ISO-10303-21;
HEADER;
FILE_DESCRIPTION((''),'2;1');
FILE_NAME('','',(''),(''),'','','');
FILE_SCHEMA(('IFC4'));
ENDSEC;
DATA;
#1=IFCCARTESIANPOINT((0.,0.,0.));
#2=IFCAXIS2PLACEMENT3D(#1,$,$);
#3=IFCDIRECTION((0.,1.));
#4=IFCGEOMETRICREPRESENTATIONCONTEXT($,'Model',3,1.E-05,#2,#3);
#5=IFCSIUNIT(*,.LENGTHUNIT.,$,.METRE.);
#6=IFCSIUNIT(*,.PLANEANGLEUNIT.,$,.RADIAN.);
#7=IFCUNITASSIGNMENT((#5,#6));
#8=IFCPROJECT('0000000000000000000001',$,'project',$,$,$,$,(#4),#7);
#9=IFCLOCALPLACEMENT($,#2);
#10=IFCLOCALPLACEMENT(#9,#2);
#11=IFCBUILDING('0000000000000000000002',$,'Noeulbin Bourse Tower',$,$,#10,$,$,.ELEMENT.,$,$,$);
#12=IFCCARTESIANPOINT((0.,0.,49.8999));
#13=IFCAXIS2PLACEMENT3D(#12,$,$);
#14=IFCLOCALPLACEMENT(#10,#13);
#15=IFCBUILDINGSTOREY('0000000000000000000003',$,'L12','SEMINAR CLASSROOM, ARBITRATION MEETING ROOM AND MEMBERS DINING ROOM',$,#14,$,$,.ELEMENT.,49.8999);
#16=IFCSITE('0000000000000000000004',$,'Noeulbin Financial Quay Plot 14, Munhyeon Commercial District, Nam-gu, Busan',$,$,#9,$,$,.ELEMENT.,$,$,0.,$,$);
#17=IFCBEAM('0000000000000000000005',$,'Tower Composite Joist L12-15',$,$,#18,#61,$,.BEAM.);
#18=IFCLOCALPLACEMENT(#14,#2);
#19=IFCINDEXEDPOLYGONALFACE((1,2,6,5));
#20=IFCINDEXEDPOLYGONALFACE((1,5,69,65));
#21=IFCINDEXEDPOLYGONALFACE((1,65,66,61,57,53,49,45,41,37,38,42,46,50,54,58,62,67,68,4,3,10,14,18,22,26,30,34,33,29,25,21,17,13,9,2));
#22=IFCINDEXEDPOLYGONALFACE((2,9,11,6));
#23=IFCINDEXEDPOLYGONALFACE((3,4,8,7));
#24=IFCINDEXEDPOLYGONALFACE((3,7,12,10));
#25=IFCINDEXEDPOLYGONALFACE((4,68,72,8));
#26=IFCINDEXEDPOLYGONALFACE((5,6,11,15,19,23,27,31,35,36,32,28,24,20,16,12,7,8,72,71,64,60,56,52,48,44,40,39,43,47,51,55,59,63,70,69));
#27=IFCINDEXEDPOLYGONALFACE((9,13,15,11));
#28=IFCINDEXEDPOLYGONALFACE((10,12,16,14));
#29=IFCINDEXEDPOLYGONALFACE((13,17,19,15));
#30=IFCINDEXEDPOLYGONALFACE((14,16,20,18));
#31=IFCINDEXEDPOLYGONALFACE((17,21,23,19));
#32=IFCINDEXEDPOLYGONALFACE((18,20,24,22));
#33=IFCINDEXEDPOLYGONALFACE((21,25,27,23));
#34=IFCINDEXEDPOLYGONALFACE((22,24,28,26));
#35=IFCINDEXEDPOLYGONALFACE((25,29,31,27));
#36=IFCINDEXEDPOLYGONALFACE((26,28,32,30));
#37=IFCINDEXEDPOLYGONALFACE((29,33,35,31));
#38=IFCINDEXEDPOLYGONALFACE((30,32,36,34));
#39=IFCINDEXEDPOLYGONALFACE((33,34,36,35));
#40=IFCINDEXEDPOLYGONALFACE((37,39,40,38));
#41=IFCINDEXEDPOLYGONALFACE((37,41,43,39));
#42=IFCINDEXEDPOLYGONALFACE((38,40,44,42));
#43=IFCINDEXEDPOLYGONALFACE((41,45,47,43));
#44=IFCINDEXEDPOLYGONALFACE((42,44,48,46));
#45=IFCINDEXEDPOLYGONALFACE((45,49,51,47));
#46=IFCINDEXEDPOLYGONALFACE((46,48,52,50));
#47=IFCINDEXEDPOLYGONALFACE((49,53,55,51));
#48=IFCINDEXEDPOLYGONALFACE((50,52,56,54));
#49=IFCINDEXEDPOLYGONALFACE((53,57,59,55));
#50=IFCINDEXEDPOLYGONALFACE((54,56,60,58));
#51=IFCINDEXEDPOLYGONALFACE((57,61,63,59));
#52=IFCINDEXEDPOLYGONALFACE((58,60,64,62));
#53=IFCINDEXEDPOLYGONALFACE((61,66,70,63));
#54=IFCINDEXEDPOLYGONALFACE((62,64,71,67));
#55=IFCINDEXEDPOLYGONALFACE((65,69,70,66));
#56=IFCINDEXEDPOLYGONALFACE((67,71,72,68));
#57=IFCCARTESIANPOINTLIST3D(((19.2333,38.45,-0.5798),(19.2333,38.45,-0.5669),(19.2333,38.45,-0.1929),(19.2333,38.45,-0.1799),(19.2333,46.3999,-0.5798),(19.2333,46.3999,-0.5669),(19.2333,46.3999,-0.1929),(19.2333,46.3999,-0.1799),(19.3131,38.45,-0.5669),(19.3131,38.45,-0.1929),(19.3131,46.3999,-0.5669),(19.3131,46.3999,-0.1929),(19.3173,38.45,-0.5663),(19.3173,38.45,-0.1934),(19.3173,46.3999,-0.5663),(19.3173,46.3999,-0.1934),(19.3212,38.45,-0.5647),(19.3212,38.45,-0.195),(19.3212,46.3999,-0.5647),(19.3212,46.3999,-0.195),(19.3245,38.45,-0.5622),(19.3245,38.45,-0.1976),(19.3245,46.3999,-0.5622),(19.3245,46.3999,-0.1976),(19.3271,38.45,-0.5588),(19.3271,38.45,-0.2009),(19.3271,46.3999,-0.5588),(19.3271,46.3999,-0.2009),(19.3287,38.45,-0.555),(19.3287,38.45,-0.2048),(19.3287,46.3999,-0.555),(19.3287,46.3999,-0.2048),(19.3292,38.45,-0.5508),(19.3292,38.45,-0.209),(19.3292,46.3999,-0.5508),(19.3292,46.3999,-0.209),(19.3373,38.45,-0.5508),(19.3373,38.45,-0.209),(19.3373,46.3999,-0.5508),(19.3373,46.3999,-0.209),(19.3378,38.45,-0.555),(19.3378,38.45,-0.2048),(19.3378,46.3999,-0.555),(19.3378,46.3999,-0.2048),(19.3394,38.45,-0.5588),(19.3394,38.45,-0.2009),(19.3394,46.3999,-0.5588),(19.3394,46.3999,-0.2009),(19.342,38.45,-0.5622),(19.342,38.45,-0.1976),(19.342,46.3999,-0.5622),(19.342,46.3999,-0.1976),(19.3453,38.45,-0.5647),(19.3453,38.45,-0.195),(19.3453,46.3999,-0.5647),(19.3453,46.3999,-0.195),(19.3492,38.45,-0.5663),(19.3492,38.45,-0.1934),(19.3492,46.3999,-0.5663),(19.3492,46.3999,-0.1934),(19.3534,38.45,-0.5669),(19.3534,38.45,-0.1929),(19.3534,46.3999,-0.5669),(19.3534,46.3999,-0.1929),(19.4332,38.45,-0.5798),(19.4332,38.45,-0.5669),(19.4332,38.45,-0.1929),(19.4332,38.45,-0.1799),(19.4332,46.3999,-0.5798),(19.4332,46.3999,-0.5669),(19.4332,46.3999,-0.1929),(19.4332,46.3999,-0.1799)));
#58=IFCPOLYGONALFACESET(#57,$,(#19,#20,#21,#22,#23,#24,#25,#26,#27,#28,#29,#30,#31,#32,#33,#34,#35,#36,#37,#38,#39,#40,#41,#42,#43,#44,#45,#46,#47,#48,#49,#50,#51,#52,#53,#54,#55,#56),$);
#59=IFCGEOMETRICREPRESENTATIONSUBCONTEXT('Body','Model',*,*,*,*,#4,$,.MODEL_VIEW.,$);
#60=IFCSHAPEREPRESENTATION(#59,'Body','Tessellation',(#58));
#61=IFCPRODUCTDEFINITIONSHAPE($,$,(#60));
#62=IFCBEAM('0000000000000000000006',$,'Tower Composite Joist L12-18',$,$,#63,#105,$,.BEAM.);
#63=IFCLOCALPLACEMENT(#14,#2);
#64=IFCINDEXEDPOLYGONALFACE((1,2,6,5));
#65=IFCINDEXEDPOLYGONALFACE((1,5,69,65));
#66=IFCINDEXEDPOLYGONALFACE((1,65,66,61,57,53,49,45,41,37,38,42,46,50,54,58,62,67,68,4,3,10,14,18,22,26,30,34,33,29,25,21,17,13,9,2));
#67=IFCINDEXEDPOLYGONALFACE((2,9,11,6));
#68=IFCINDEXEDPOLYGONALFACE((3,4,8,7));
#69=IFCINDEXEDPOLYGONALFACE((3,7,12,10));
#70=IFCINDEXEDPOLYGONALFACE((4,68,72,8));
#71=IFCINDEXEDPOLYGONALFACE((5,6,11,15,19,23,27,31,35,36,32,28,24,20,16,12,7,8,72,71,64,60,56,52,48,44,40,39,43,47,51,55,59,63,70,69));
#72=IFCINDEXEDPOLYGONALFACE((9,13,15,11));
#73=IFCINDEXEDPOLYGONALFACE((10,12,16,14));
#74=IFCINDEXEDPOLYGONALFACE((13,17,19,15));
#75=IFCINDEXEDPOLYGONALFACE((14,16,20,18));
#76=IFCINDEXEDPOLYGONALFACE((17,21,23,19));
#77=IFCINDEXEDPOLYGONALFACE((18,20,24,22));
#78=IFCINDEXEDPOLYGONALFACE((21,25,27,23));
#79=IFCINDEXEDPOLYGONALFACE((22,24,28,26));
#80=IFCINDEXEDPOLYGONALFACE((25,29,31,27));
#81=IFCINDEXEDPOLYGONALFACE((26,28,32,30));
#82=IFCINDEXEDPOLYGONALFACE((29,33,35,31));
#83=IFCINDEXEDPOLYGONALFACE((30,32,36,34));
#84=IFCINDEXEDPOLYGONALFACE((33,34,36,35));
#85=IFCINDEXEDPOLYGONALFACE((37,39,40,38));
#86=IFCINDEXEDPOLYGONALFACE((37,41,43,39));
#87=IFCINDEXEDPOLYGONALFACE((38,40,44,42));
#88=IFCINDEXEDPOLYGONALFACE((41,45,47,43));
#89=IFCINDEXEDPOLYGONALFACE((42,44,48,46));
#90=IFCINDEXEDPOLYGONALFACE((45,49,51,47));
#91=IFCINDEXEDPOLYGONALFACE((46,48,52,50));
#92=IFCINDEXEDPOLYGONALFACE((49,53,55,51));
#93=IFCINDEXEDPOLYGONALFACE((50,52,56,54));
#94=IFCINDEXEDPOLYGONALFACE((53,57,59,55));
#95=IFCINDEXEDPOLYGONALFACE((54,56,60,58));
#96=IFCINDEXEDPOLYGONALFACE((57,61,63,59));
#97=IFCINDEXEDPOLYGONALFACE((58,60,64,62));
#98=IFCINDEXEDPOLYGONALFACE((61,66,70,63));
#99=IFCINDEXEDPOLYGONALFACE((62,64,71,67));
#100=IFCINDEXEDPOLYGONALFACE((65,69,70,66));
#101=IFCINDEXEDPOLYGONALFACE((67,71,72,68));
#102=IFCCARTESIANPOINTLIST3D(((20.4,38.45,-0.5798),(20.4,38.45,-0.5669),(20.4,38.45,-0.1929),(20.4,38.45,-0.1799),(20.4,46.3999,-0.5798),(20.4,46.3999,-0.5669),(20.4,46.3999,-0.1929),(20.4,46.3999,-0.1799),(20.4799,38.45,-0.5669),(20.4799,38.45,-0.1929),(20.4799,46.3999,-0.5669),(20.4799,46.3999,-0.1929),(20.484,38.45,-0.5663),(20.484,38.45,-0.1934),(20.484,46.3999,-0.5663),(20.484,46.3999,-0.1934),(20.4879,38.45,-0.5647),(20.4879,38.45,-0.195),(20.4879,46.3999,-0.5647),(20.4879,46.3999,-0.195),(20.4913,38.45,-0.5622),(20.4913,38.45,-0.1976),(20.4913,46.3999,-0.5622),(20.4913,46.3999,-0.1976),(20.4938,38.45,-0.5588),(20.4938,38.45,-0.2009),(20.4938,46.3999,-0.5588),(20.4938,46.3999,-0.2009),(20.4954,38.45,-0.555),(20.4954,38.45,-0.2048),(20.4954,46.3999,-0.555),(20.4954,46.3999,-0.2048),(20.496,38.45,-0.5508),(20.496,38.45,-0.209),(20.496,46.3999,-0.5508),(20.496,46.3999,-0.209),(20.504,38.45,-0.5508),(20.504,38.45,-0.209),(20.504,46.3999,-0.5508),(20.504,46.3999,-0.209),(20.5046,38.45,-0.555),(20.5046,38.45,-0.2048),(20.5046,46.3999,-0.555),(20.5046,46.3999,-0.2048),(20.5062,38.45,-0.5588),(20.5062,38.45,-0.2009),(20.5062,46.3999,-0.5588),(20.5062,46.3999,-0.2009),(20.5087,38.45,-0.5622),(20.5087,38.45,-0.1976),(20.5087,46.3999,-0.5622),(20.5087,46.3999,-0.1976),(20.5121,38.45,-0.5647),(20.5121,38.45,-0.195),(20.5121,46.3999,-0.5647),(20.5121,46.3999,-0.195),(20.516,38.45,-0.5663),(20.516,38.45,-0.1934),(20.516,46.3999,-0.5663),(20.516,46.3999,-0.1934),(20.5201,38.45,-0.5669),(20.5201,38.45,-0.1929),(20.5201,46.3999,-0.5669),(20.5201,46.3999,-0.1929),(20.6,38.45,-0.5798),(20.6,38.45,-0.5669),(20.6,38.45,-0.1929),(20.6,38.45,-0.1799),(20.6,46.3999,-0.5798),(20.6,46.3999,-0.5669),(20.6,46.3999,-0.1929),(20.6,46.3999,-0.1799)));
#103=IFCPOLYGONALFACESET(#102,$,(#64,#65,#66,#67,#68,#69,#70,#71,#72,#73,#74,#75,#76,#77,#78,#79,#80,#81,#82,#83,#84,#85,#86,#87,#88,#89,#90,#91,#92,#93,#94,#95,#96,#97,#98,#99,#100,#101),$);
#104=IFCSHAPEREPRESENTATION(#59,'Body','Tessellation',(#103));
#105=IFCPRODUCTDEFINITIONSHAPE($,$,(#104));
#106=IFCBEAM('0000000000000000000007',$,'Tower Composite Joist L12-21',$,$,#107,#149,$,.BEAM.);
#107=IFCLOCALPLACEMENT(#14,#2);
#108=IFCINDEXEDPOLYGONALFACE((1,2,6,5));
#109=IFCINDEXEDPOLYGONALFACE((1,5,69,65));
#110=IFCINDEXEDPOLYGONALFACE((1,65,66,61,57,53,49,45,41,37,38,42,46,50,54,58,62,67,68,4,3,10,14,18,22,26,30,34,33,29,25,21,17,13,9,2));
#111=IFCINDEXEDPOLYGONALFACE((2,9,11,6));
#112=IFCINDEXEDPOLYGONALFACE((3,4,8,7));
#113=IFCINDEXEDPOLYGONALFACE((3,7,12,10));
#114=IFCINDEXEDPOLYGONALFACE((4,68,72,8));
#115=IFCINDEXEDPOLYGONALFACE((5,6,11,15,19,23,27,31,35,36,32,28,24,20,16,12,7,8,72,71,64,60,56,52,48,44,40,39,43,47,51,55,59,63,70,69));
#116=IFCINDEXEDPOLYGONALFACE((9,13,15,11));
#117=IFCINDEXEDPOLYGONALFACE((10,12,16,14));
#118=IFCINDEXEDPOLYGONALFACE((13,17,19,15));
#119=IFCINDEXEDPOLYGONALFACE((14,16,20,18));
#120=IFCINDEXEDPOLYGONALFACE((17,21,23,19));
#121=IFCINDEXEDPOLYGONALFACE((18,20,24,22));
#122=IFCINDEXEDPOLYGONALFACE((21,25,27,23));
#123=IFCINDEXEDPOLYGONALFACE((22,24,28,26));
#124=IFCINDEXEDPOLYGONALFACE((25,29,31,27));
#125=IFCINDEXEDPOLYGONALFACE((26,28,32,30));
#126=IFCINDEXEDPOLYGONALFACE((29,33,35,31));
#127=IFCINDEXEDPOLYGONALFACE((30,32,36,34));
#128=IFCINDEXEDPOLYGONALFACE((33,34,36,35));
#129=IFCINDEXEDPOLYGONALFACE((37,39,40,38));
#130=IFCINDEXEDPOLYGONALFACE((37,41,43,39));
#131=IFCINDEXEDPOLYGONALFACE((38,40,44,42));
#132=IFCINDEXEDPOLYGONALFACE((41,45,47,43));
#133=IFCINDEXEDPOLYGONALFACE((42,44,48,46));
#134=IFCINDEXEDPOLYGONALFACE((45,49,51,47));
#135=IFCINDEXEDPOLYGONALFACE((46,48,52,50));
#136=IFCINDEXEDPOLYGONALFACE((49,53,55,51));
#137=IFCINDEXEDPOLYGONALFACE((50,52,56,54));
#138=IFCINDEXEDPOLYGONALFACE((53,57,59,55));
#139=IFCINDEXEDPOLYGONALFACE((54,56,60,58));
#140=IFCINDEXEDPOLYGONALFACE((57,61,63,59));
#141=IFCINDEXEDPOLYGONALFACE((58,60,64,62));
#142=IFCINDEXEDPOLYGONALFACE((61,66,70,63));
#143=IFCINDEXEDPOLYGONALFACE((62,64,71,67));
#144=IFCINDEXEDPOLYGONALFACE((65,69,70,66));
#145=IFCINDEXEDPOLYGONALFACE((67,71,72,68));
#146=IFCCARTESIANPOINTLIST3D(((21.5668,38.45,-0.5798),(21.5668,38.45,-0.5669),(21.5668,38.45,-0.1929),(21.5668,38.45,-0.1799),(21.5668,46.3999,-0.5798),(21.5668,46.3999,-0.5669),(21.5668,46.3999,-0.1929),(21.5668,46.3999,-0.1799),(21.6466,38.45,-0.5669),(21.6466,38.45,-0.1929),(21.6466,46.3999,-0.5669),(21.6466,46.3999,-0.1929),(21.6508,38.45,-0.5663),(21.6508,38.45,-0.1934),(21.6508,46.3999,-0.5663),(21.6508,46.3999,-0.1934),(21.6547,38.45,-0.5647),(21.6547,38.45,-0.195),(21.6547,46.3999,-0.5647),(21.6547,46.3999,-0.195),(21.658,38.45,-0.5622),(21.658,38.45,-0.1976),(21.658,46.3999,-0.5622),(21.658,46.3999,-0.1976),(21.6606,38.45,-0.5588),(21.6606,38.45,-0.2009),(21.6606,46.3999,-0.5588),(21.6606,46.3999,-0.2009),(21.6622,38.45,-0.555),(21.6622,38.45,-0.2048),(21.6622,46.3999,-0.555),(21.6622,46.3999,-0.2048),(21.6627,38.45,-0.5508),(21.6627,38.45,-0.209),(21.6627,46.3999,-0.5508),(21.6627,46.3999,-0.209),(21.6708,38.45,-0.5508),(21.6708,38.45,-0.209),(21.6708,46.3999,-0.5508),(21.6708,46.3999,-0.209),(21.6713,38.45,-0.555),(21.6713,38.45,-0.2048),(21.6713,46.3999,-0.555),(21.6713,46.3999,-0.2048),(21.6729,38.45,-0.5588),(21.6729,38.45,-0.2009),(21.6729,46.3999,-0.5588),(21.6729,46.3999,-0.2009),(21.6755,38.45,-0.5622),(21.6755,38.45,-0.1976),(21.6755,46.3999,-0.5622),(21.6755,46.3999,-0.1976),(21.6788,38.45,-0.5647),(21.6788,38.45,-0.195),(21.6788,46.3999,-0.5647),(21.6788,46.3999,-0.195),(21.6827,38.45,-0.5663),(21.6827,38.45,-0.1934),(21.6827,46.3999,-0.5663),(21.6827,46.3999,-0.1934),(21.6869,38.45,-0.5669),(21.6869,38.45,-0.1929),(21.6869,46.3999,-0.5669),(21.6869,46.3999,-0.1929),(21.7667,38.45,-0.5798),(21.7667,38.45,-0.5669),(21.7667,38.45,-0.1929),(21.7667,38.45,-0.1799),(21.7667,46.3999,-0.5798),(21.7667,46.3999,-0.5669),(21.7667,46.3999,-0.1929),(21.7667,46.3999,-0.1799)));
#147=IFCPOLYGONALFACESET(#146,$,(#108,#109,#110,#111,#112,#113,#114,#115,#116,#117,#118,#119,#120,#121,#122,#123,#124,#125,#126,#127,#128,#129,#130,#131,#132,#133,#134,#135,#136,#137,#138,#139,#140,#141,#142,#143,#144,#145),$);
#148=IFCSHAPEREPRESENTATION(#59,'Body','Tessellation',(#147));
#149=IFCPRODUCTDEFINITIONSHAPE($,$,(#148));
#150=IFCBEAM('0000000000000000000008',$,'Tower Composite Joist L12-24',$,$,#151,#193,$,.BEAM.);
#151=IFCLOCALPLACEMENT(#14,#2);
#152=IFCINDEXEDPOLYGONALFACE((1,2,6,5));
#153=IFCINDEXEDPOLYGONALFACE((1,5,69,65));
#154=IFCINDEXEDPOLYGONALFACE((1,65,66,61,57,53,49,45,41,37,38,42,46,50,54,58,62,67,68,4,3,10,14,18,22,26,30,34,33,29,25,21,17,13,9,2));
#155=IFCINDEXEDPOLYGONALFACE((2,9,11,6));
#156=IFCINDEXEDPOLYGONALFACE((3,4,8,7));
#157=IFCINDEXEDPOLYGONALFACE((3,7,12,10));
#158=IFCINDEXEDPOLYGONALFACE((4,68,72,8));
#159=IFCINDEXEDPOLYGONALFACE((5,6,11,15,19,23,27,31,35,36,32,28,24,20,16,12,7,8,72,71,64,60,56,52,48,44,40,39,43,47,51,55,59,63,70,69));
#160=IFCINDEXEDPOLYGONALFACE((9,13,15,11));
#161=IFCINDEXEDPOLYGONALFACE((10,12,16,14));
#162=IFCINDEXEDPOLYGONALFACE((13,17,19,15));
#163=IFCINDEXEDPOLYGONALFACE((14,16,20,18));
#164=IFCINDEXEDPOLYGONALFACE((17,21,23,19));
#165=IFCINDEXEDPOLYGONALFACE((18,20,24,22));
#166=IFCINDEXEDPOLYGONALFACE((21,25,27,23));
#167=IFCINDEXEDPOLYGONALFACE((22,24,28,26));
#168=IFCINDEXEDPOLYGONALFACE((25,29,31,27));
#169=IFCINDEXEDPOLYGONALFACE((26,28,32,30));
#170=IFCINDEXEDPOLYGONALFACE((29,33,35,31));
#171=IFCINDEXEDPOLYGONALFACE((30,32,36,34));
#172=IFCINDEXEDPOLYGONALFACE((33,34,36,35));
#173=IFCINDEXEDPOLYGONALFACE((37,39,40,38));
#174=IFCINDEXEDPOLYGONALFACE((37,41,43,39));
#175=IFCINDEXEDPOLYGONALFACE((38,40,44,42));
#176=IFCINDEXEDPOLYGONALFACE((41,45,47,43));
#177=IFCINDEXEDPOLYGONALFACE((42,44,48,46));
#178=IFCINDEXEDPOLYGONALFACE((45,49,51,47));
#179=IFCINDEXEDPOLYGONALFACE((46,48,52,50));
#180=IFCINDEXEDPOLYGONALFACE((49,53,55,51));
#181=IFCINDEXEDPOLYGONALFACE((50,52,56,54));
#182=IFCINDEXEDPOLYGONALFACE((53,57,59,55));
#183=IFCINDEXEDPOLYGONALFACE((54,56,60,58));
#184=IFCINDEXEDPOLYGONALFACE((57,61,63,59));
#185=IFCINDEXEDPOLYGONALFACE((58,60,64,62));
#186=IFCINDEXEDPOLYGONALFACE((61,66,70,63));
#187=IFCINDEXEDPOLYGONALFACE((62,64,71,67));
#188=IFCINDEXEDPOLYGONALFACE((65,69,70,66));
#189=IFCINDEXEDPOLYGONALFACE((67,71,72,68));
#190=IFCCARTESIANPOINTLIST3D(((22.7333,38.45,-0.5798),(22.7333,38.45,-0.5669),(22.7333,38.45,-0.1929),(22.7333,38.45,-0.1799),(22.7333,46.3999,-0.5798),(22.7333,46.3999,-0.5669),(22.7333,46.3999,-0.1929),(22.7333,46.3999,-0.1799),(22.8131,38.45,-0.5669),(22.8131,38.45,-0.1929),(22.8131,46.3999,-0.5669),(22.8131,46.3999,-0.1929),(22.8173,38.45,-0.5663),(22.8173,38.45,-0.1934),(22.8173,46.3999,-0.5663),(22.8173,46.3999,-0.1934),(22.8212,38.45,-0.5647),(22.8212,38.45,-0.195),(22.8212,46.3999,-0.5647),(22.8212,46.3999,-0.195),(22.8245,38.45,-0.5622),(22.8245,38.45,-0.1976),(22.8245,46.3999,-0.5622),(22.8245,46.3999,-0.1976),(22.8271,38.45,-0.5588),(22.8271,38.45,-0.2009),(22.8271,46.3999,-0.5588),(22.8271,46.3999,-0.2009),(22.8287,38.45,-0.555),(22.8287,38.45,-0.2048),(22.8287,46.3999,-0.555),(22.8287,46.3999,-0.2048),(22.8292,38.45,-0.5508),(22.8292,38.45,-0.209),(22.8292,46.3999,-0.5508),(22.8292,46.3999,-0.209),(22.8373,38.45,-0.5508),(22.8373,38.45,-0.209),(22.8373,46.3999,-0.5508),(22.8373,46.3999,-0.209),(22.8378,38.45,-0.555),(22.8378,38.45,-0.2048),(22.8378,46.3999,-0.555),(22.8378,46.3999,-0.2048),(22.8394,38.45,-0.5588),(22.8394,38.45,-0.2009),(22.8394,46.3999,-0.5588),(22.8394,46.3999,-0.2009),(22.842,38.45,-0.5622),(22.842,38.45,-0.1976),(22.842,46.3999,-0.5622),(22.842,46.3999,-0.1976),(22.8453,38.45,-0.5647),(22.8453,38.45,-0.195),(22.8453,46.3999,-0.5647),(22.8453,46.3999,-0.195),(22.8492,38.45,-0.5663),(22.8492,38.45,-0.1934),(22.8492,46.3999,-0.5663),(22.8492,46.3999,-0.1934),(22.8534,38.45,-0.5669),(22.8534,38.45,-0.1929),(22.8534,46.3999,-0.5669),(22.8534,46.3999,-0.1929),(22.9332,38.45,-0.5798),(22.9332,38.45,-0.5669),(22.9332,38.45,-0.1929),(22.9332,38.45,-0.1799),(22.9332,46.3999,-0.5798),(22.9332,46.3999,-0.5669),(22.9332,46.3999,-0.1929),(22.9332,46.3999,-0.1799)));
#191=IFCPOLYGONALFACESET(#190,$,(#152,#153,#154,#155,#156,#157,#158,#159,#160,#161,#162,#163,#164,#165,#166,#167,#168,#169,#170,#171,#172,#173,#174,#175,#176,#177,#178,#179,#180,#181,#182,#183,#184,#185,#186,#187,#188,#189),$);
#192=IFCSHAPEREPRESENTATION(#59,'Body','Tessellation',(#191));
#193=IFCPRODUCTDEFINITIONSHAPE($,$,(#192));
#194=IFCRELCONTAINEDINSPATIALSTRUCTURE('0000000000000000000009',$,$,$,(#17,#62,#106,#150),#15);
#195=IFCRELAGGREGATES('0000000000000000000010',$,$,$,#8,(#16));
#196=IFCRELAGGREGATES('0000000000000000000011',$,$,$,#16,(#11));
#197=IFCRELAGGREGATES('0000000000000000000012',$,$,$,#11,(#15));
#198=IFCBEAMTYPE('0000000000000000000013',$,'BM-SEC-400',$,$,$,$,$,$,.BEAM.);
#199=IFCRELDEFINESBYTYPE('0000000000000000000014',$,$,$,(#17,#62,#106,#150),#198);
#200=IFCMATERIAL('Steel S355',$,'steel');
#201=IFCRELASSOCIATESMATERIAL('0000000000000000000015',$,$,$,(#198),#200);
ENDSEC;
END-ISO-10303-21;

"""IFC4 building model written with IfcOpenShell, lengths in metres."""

from ifc_helpers import new_model, si_unit, direction, frame, origin, origin_2d, place, context, subcontext, project, spatial, i_section, extrude, material, material_profile, profile_set, type_object, element, save


model = new_model("IFC4")

# Units and contexts
model_context = context("Model", 3, precision=1e-05, world=origin(), true_north=direction((0.0, 1.0)))
body_context = subcontext(model_context, "Body", "Model", "MODEL_VIEW")
ifc_project = project(units=[si_unit("LENGTHUNIT", "METRE"), si_unit("PLANEANGLEUNIT", "RADIAN")], contexts=[model_context])

# Site, building, storey
site_placement = place(None, origin())
site = spatial("IfcSite", under=ifc_project, at=site_placement, Name="Noeulbin Financial Quay Plot 14, Munhyeon Commercial District, Nam-gu, Busan", CompositionType="ELEMENT", RefElevation=0.0)
building_placement = place(site_placement, origin())
building = spatial("IfcBuilding", under=site, at=building_placement, Name="Noeulbin Bourse Tower", CompositionType="ELEMENT")
storey_placement = place(building_placement, frame((0.0, 0.0, 49.8999)))
storey = spatial("IfcBuildingStorey", under=building, at=storey_placement, Name="L12", Description="SEMINAR CLASSROOM, ARBITRATION MEETING ROOM AND MEMBERS DINING ROOM", CompositionType="ELEMENT", Elevation=49.8999)

# Beams
ifc_material_1 = material(Name="Steel S355", Category="steel")
ifc_material_profile_1 = material_profile(ifc_material_1, i_section(OverallWidth=0.2, OverallDepth=0.3999, WebThickness=0.0081, FlangeThickness=0.0129, FilletRadius=0.0161, at=origin_2d()), Name="H-400x200x8x13", Category="LoadBearing")
ifc_profile_set_1 = profile_set([ifc_material_profile_1], Name="Steel S355")
beam_type_1 = type_object("IfcBeamType", Name="BM-SEC-400", PredefinedType="BEAM", material=ifc_profile_set_1)
for number, where, z_axis, x_axis, name in (
    (1, (19.3333, 38.45, -0.3799), (0.0, 1.0, 0.0), (-1.0, 0.0, 0.0), "Tower Composite Joist L12-15"),
    (2, (20.5, 38.45, -0.3799), (0.0, 1.0, 0.0), (-1.0, 0.0, 0.0), "Tower Composite Joist L12-18"),
    (3, (21.6667, 38.45, -0.3799), (0.0, 1.0, 0.0), (-1.0, 0.0, 0.0), "Tower Composite Joist L12-21"),
    (4, (22.8333, 38.45, -0.3799), (0.0, 1.0, 0.0), (-1.0, 0.0, 0.0), "Tower Composite Joist L12-24"),
):
    element("IfcBeam", number, at=place(storey_placement, frame(where, z_axis=z_axis, x_axis=x_axis)), inside=storey, type_object=beam_type_1, Name=name, PredefinedType="BEAM", context=body_context, shape_type="SweptSolid", body=[
        extrude(i_section(OverallWidth=0.2, OverallDepth=0.3999, WebThickness=0.0081, FlangeThickness=0.0129, FilletRadius=0.0161, at=origin_2d()), origin(), (0.0, 0.0, 1.0), 7.95),
    ])

save(model, "model.ifc")
